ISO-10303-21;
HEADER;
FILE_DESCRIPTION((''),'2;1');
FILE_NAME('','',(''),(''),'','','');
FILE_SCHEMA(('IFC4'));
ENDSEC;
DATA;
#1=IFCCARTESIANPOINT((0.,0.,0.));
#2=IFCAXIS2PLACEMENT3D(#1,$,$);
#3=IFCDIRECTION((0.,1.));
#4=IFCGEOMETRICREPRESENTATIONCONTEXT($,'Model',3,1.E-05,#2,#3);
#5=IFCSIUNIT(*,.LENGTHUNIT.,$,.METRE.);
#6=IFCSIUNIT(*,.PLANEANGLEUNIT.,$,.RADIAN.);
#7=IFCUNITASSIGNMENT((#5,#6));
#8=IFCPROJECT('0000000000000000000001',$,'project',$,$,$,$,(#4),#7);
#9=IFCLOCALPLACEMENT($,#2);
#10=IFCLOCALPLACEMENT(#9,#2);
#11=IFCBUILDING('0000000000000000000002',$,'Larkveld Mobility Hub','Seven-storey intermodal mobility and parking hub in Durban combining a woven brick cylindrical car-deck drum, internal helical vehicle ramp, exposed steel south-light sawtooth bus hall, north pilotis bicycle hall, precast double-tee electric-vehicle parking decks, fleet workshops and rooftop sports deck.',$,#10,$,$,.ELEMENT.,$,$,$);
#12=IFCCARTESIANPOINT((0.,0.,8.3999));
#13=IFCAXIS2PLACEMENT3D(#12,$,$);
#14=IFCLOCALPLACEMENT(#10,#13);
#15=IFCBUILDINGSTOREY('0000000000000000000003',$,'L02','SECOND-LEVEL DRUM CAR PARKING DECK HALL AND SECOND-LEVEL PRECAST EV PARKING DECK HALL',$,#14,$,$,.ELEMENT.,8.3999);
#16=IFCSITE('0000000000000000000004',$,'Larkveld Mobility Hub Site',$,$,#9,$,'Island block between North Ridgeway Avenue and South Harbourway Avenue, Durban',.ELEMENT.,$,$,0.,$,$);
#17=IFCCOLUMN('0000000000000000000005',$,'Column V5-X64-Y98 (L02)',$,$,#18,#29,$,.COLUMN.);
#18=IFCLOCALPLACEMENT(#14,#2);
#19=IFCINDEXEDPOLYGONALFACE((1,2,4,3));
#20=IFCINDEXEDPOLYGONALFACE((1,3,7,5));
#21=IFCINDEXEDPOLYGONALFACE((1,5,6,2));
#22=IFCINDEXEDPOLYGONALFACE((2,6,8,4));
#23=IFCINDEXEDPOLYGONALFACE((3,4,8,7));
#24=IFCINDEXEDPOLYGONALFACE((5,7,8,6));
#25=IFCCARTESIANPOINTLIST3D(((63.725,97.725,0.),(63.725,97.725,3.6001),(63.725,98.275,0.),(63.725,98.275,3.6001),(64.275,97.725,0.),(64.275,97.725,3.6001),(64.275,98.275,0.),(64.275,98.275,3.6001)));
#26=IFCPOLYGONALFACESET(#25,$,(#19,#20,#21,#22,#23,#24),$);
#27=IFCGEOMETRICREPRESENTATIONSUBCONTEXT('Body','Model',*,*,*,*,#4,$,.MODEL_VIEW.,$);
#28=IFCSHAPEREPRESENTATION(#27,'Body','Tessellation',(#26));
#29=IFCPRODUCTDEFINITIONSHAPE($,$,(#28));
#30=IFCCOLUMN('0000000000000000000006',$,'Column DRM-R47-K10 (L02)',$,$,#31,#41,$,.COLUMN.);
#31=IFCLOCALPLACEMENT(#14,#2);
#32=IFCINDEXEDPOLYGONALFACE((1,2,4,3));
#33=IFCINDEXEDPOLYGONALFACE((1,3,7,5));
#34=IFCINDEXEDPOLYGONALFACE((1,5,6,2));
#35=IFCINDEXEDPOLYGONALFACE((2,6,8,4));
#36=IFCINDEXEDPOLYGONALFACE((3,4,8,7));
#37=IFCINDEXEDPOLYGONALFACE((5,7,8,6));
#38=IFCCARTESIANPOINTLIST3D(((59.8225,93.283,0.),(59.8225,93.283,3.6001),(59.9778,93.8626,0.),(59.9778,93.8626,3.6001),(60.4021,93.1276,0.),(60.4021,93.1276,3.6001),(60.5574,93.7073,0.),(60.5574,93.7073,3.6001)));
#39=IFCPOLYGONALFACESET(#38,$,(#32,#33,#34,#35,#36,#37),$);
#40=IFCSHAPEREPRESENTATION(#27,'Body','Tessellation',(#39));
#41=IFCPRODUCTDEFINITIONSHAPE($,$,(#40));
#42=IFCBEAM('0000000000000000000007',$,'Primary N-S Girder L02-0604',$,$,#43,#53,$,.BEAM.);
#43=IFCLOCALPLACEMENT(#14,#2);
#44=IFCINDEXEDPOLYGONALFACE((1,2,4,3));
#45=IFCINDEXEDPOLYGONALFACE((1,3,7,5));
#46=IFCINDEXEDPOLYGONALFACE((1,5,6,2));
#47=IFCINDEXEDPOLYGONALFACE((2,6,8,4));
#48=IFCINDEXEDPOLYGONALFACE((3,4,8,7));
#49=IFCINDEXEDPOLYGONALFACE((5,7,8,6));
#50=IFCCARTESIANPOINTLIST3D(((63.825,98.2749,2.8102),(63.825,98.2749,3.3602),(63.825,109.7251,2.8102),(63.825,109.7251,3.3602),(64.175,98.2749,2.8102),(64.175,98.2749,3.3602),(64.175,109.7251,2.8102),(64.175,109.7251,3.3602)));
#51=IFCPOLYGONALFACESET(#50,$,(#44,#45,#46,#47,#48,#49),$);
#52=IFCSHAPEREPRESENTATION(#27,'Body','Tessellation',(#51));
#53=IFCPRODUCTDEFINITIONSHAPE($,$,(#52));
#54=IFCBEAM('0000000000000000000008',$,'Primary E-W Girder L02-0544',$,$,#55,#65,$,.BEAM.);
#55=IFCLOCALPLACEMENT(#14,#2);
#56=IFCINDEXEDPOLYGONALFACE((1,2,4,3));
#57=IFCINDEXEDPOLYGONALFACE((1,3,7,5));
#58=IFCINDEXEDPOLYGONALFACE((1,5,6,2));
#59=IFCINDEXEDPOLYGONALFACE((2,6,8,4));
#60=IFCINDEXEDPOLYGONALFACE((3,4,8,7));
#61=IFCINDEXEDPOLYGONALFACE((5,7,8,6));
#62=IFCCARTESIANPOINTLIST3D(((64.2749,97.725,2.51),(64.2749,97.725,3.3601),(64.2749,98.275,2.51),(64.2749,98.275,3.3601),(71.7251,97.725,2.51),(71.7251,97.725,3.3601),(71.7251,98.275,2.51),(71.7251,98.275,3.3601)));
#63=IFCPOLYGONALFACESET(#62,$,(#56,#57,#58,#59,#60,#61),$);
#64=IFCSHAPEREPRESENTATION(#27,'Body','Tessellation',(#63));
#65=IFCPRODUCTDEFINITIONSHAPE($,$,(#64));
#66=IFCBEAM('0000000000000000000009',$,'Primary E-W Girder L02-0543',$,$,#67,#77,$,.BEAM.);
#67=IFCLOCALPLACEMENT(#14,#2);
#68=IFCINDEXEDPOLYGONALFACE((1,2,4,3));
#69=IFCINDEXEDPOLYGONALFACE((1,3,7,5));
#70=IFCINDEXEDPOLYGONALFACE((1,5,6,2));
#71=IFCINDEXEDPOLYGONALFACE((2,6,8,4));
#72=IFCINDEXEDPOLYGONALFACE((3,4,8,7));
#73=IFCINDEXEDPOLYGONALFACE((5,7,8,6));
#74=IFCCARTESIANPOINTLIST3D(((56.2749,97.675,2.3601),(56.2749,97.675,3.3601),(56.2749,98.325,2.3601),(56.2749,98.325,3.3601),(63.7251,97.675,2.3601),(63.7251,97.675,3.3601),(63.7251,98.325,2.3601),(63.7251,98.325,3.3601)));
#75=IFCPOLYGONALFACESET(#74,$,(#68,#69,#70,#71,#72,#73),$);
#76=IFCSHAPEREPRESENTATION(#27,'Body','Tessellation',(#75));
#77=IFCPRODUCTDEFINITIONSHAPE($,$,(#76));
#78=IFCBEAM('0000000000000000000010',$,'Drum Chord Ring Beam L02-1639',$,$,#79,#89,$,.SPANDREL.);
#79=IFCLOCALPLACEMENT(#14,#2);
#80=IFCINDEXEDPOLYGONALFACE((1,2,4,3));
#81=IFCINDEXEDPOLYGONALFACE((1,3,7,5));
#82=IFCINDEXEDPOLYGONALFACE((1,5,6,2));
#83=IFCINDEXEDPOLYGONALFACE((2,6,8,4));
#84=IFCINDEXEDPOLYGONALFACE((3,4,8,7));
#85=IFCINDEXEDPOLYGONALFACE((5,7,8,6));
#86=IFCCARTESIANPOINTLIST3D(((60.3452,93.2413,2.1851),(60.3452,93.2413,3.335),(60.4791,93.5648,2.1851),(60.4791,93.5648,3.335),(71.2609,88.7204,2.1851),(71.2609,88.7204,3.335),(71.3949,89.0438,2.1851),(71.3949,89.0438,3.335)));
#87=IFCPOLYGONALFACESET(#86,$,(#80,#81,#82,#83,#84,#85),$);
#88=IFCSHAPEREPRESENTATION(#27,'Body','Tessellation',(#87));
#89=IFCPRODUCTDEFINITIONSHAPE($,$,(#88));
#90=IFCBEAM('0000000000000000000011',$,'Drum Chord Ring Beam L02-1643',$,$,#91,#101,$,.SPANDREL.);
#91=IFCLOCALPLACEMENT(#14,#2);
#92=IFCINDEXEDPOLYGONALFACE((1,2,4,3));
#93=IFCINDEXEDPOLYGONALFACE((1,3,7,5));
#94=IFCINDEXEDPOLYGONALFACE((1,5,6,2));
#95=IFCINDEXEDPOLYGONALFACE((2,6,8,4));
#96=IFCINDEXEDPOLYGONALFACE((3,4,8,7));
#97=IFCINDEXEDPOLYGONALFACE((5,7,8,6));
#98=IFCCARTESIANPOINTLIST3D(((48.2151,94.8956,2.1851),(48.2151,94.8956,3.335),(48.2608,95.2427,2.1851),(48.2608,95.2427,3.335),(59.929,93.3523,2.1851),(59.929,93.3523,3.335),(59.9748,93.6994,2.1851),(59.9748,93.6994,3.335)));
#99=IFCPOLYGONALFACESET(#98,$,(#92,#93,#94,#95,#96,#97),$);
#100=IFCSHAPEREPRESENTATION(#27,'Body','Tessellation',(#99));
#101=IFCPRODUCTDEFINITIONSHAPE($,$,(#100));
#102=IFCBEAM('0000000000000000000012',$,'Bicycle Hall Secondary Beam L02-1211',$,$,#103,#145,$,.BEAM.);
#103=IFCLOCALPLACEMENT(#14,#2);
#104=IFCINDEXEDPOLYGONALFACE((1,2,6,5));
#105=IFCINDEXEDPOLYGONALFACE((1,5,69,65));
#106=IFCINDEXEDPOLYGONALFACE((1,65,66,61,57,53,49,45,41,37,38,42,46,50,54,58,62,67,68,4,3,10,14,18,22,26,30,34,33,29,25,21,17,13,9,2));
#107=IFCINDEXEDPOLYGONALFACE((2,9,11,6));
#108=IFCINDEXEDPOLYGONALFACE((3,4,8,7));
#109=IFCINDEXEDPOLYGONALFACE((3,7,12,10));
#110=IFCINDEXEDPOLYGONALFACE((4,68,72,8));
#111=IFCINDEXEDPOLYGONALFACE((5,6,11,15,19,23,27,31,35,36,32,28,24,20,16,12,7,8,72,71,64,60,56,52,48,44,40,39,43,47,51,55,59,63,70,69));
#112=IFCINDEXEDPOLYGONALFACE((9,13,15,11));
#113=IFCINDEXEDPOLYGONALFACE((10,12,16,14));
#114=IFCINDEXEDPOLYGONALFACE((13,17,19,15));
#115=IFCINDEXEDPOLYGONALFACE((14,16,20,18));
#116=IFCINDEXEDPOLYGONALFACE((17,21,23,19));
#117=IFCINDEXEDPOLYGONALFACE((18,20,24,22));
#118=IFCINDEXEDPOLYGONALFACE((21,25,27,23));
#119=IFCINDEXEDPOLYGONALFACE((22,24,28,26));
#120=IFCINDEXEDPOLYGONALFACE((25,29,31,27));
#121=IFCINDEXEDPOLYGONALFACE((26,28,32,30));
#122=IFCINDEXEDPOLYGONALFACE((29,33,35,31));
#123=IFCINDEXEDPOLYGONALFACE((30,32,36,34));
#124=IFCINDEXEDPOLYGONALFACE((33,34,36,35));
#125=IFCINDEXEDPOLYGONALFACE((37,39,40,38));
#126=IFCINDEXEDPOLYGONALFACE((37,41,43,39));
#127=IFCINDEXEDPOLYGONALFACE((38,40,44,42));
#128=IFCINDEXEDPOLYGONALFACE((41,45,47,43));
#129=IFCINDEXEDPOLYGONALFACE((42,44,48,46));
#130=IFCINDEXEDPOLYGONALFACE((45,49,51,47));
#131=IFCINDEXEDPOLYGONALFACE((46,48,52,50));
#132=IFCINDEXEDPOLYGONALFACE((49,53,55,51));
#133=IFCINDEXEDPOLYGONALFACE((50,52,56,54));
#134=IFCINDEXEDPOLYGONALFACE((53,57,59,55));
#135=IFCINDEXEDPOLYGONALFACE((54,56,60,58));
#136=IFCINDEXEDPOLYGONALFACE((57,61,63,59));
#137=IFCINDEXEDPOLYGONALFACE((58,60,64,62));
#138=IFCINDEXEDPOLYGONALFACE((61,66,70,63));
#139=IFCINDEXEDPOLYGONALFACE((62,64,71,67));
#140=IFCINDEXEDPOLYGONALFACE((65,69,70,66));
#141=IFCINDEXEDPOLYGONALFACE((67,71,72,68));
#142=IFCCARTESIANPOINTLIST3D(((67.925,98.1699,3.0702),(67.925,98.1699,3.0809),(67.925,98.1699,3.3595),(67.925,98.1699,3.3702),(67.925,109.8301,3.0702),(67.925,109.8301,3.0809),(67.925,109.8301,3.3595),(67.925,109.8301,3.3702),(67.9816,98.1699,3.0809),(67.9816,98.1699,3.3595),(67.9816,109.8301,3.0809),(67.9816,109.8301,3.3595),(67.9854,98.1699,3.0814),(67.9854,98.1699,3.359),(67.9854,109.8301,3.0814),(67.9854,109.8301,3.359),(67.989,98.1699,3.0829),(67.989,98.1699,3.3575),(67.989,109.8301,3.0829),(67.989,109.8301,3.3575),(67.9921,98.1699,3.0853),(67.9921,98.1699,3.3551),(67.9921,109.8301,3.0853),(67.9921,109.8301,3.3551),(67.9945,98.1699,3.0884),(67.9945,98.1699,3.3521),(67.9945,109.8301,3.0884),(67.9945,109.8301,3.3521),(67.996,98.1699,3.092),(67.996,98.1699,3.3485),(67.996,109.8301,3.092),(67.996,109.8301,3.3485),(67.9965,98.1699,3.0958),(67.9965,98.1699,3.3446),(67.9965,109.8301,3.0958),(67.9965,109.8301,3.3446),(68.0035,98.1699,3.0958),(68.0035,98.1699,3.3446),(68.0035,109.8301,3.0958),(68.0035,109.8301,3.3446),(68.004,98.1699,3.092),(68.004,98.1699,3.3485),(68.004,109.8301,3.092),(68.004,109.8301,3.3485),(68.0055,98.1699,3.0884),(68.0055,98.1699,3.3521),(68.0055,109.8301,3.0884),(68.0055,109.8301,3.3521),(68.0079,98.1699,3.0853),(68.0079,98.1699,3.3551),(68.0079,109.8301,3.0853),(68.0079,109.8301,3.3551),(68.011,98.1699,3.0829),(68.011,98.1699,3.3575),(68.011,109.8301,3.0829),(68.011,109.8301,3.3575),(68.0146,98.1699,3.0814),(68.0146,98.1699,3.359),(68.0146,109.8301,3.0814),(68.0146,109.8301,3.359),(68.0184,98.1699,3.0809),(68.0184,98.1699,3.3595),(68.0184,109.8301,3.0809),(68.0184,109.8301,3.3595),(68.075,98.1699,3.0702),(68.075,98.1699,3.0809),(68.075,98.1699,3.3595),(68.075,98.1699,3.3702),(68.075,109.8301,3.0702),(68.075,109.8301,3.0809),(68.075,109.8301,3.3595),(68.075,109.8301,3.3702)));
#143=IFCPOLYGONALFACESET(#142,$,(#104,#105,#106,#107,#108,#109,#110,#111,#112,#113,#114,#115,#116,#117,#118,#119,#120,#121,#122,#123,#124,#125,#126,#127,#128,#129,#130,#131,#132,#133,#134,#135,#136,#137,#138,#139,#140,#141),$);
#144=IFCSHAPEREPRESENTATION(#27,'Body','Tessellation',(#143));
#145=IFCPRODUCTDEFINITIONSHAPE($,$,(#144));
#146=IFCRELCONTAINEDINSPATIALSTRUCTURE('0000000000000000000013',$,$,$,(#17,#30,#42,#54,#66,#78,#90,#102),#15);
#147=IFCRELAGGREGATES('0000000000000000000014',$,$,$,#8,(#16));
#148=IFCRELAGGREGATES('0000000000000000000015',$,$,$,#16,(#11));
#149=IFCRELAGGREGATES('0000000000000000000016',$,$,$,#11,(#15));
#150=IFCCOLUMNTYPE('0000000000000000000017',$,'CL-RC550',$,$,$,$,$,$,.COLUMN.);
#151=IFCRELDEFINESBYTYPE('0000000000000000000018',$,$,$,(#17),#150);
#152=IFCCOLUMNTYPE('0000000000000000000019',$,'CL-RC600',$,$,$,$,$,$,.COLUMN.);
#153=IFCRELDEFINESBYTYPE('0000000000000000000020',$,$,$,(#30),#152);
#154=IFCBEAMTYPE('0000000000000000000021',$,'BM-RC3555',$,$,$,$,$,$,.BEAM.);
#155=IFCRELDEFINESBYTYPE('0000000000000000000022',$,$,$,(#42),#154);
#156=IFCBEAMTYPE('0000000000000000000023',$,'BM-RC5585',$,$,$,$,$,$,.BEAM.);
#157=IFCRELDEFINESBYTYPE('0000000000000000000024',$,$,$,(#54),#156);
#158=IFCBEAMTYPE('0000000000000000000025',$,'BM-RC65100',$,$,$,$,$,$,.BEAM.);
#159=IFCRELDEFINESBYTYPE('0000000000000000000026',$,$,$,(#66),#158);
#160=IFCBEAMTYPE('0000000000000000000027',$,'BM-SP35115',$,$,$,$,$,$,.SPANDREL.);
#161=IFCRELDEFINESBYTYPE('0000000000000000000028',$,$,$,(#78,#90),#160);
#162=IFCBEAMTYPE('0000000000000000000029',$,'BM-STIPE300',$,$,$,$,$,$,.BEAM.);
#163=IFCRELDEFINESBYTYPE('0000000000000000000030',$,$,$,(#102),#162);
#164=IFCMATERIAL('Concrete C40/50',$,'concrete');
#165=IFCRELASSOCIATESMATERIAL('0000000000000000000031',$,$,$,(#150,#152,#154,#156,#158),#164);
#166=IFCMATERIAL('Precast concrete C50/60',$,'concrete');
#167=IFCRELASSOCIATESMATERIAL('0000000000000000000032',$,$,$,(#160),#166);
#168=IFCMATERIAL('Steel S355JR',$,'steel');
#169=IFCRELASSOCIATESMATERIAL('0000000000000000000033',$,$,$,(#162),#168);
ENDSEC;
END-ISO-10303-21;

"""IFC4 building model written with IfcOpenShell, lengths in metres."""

from ifc_helpers import new_model, si_unit, direction, frame, origin, origin_2d, place, context, subcontext, project, spatial, rectangle, i_section, extrude, material, material_profile, profile_set, type_object, element, save


model = new_model("IFC4")

# Units and contexts
model_context = context("Model", 3, precision=1e-05, world=origin(), true_north=direction((0.0, 1.0)))
body_context = subcontext(model_context, "Body", "Model", "MODEL_VIEW")
ifc_project = project(units=[si_unit("LENGTHUNIT", "METRE"), si_unit("PLANEANGLEUNIT", "RADIAN")], contexts=[model_context])

# Site, building, storey
site_placement = place(None, origin())
site = spatial("IfcSite", under=ifc_project, at=site_placement, Name="Larkveld Mobility Hub Site", LongName="Island block between North Ridgeway Avenue and South Harbourway Avenue, Durban", CompositionType="ELEMENT", RefElevation=0.0)
building_placement = place(site_placement, origin())
building = spatial("IfcBuilding", under=site, at=building_placement, Name="Larkveld Mobility Hub", Description="Seven-storey intermodal mobility and parking hub in Durban combining a woven brick cylindrical car-deck drum, internal helical vehicle ramp, exposed steel south-light sawtooth bus hall, north pilotis bicycle hall, precast double-tee electric-vehicle parking decks, fleet workshops and rooftop sports deck.", CompositionType="ELEMENT")
storey_placement = place(building_placement, frame((0.0, 0.0, 8.3999)))
storey = spatial("IfcBuildingStorey", under=building, at=storey_placement, Name="L02", Description="SECOND-LEVEL DRUM CAR PARKING DECK HALL AND SECOND-LEVEL PRECAST EV PARKING DECK HALL", CompositionType="ELEMENT", Elevation=8.3999)

# Columns
ifc_material_1 = material(Name="Concrete C40/50", Category="concrete")
ifc_material_profile_1 = material_profile(ifc_material_1, rectangle(XDim=0.55, YDim=0.55, at=origin_2d()), Name="RC COL 550x550")
ifc_profile_set_1 = profile_set([ifc_material_profile_1], Name="Concrete C40/50")
column_type_1 = type_object("IfcColumnType", Name="CL-RC550", PredefinedType="COLUMN", material=ifc_profile_set_1)
column_1_placement = place(storey_placement, frame((64.0, 98.0, 0.0), z_axis=(0.0, 0.0, 1.0), x_axis=(1.0, 0.0, 0.0)))
element("IfcColumn", 1, at=column_1_placement, inside=storey, type_object=column_type_1, Name="Column V5-X64-Y98 (L02)", PredefinedType="COLUMN", context=body_context, shape_type="SweptSolid", body=[
    extrude(rectangle(XDim=0.55, YDim=0.55, at=origin_2d()), origin(), (0.0, 0.0, 1.0), 3.6001),
])
ifc_material_profile_2 = material_profile(ifc_material_1, rectangle(XDim=0.6001, YDim=0.6001, at=origin_2d()), Name="RC COL 600x600")
ifc_profile_set_2 = profile_set([ifc_material_profile_2], Name="Concrete C40/50")
column_type_2 = type_object("IfcColumnType", Name="CL-RC600", PredefinedType="COLUMN", material=ifc_profile_set_2)
column_2_placement = place(storey_placement, frame((60.1899, 93.4951, 0.0), z_axis=(0.0, 0.0, 1.0), x_axis=(0.258819, 0.965926, 0.0)))
element("IfcColumn", 2, at=column_2_placement, inside=storey, type_object=column_type_2, Name="Column DRM-R47-K10 (L02)", PredefinedType="COLUMN", context=body_context, shape_type="SweptSolid", body=[
    extrude(rectangle(XDim=0.6001, YDim=0.6001, at=origin_2d()), origin(), (0.0, 0.0, 1.0), 3.6001),
])

# Beams
ifc_material_profile_3 = material_profile(ifc_material_1, rectangle(XDim=0.3501, YDim=0.55, at=origin_2d()), Name="RC BM 350x550")
ifc_profile_set_3 = profile_set([ifc_material_profile_3], Name="Concrete C40/50")
beam_type_1 = type_object("IfcBeamType", Name="BM-RC3555", PredefinedType="BEAM", material=ifc_profile_set_3)
beam_1_placement = place(storey_placement, frame((64.0, 98.2749, 3.0852), z_axis=(0.0, 1.0, 0.0), x_axis=(-1.0, 0.0, 0.0)))
element("IfcBeam", 3, at=beam_1_placement, inside=storey, type_object=beam_type_1, Name="Primary N-S Girder L02-0604", PredefinedType="BEAM", context=body_context, shape_type="SweptSolid", body=[
    extrude(rectangle(XDim=0.3501, YDim=0.55, at=origin_2d()), origin(), (0.0, 0.0, 1.0), 11.4502),
])
ifc_material_profile_4 = material_profile(ifc_material_1, rectangle(XDim=0.55, YDim=0.8501, at=origin_2d()), Name="RC BM 550x850")
ifc_profile_set_4 = profile_set([ifc_material_profile_4], Name="Concrete C40/50")
beam_type_2 = type_object("IfcBeamType", Name="BM-RC5585", PredefinedType="BEAM", material=ifc_profile_set_4)
beam_2_placement = place(storey_placement, frame((64.2749, 98.0, 2.9351), z_axis=(1.0, 0.0, 0.0), x_axis=(0.0, 1.0, 0.0)))
element("IfcBeam", 4, at=beam_2_placement, inside=storey, type_object=beam_type_2, Name="Primary E-W Girder L02-0544", PredefinedType="BEAM", context=body_context, shape_type="SweptSolid", body=[
    extrude(rectangle(XDim=0.55, YDim=0.8501, at=origin_2d()), origin(), (0.0, 0.0, 1.0), 7.4502),
])
ifc_material_profile_5 = material_profile(ifc_material_1, rectangle(XDim=0.6499, YDim=1.0, at=origin_2d()), Name="RC BM 650x1000")
ifc_profile_set_5 = profile_set([ifc_material_profile_5], Name="Concrete C40/50")
beam_type_3 = type_object("IfcBeamType", Name="BM-RC65100", PredefinedType="BEAM", material=ifc_profile_set_5)
beam_3_placement = place(storey_placement, frame((56.2749, 98.0, 2.8601), z_axis=(1.0, 0.0, 0.0), x_axis=(0.0, 1.0, 0.0)))
element("IfcBeam", 5, at=beam_3_placement, inside=storey, type_object=beam_type_3, Name="Primary E-W Girder L02-0543", PredefinedType="BEAM", context=body_context, shape_type="SweptSolid", body=[
    extrude(rectangle(XDim=0.6499, YDim=1.0, at=origin_2d()), origin(), (0.0, 0.0, 1.0), 7.4502),
])
ifc_material_2 = material(Name="Precast concrete C50/60", Category="concrete")
ifc_material_profile_6 = material_profile(ifc_material_2, rectangle(XDim=0.3501, YDim=1.1499, at=origin_2d()), Name="PC SP 350x1150")
ifc_profile_set_6 = profile_set([ifc_material_profile_6], Name="Precast concrete C50/60")
beam_type_4 = type_object("IfcBeamType", Name="BM-SP35115", PredefinedType="SPANDREL", material=ifc_profile_set_6)
beam_4_placement = place(storey_placement, frame((71.3279, 88.8821, 2.76), z_axis=(-0.923893, 0.38265, 0.0), x_axis=(-0.38265, -0.923893, 0.0)))
element("IfcBeam", 6, at=beam_4_placement, inside=storey, type_object=beam_type_4, Name="Drum Chord Ring Beam L02-1639", PredefinedType="SPANDREL", context=body_context, shape_type="SweptSolid", body=[
    extrude(rectangle(XDim=0.3501, YDim=1.1499, at=origin_2d()), origin(), (0.0, 0.0, 1.0), 11.8149),
])
beam_5_placement = place(storey_placement, frame((59.9519, 93.5259, 2.76), z_axis=(-0.991433, 0.130614, 0.0), x_axis=(-0.130614, -0.991433, 0.0)))
element("IfcBeam", 7, at=beam_5_placement, inside=storey, type_object=beam_type_4, Name="Drum Chord Ring Beam L02-1643", PredefinedType="SPANDREL", context=body_context, shape_type="SweptSolid", body=[
    extrude(rectangle(XDim=0.3501, YDim=1.1499, at=origin_2d()), origin(), (0.0, 0.0, 1.0), 11.8152),
])
ifc_material_3 = material(Name="Steel S355JR", Category="steel")
ifc_material_profile_7 = material_profile(ifc_material_3, i_section(OverallWidth=0.1499, OverallDepth=0.3, WebThickness=0.0071, FlangeThickness=0.0107, FilletRadius=0.0149, at=origin_2d()), Name="IPE 300")
ifc_profile_set_7 = profile_set([ifc_material_profile_7], Name="Steel S355JR")
beam_type_5 = type_object("IfcBeamType", Name="BM-STIPE300", PredefinedType="BEAM", material=ifc_profile_set_7)
beam_6_placement = place(storey_placement, frame((68.0, 98.1699, 3.2202), z_axis=(0.0, 1.0, 0.0), x_axis=(-1.0, 0.0, 0.0)))
element("IfcBeam", 8, at=beam_6_placement, inside=storey, type_object=beam_type_5, Name="Bicycle Hall Secondary Beam L02-1211", PredefinedType="BEAM", context=body_context, shape_type="SweptSolid", body=[
    extrude(i_section(OverallWidth=0.1499, OverallDepth=0.3, WebThickness=0.0071, FlangeThickness=0.0107, FilletRadius=0.0149, at=origin_2d()), origin(), (0.0, 0.0, 1.0), 11.6602),
])

save(model, "model.ifc")
